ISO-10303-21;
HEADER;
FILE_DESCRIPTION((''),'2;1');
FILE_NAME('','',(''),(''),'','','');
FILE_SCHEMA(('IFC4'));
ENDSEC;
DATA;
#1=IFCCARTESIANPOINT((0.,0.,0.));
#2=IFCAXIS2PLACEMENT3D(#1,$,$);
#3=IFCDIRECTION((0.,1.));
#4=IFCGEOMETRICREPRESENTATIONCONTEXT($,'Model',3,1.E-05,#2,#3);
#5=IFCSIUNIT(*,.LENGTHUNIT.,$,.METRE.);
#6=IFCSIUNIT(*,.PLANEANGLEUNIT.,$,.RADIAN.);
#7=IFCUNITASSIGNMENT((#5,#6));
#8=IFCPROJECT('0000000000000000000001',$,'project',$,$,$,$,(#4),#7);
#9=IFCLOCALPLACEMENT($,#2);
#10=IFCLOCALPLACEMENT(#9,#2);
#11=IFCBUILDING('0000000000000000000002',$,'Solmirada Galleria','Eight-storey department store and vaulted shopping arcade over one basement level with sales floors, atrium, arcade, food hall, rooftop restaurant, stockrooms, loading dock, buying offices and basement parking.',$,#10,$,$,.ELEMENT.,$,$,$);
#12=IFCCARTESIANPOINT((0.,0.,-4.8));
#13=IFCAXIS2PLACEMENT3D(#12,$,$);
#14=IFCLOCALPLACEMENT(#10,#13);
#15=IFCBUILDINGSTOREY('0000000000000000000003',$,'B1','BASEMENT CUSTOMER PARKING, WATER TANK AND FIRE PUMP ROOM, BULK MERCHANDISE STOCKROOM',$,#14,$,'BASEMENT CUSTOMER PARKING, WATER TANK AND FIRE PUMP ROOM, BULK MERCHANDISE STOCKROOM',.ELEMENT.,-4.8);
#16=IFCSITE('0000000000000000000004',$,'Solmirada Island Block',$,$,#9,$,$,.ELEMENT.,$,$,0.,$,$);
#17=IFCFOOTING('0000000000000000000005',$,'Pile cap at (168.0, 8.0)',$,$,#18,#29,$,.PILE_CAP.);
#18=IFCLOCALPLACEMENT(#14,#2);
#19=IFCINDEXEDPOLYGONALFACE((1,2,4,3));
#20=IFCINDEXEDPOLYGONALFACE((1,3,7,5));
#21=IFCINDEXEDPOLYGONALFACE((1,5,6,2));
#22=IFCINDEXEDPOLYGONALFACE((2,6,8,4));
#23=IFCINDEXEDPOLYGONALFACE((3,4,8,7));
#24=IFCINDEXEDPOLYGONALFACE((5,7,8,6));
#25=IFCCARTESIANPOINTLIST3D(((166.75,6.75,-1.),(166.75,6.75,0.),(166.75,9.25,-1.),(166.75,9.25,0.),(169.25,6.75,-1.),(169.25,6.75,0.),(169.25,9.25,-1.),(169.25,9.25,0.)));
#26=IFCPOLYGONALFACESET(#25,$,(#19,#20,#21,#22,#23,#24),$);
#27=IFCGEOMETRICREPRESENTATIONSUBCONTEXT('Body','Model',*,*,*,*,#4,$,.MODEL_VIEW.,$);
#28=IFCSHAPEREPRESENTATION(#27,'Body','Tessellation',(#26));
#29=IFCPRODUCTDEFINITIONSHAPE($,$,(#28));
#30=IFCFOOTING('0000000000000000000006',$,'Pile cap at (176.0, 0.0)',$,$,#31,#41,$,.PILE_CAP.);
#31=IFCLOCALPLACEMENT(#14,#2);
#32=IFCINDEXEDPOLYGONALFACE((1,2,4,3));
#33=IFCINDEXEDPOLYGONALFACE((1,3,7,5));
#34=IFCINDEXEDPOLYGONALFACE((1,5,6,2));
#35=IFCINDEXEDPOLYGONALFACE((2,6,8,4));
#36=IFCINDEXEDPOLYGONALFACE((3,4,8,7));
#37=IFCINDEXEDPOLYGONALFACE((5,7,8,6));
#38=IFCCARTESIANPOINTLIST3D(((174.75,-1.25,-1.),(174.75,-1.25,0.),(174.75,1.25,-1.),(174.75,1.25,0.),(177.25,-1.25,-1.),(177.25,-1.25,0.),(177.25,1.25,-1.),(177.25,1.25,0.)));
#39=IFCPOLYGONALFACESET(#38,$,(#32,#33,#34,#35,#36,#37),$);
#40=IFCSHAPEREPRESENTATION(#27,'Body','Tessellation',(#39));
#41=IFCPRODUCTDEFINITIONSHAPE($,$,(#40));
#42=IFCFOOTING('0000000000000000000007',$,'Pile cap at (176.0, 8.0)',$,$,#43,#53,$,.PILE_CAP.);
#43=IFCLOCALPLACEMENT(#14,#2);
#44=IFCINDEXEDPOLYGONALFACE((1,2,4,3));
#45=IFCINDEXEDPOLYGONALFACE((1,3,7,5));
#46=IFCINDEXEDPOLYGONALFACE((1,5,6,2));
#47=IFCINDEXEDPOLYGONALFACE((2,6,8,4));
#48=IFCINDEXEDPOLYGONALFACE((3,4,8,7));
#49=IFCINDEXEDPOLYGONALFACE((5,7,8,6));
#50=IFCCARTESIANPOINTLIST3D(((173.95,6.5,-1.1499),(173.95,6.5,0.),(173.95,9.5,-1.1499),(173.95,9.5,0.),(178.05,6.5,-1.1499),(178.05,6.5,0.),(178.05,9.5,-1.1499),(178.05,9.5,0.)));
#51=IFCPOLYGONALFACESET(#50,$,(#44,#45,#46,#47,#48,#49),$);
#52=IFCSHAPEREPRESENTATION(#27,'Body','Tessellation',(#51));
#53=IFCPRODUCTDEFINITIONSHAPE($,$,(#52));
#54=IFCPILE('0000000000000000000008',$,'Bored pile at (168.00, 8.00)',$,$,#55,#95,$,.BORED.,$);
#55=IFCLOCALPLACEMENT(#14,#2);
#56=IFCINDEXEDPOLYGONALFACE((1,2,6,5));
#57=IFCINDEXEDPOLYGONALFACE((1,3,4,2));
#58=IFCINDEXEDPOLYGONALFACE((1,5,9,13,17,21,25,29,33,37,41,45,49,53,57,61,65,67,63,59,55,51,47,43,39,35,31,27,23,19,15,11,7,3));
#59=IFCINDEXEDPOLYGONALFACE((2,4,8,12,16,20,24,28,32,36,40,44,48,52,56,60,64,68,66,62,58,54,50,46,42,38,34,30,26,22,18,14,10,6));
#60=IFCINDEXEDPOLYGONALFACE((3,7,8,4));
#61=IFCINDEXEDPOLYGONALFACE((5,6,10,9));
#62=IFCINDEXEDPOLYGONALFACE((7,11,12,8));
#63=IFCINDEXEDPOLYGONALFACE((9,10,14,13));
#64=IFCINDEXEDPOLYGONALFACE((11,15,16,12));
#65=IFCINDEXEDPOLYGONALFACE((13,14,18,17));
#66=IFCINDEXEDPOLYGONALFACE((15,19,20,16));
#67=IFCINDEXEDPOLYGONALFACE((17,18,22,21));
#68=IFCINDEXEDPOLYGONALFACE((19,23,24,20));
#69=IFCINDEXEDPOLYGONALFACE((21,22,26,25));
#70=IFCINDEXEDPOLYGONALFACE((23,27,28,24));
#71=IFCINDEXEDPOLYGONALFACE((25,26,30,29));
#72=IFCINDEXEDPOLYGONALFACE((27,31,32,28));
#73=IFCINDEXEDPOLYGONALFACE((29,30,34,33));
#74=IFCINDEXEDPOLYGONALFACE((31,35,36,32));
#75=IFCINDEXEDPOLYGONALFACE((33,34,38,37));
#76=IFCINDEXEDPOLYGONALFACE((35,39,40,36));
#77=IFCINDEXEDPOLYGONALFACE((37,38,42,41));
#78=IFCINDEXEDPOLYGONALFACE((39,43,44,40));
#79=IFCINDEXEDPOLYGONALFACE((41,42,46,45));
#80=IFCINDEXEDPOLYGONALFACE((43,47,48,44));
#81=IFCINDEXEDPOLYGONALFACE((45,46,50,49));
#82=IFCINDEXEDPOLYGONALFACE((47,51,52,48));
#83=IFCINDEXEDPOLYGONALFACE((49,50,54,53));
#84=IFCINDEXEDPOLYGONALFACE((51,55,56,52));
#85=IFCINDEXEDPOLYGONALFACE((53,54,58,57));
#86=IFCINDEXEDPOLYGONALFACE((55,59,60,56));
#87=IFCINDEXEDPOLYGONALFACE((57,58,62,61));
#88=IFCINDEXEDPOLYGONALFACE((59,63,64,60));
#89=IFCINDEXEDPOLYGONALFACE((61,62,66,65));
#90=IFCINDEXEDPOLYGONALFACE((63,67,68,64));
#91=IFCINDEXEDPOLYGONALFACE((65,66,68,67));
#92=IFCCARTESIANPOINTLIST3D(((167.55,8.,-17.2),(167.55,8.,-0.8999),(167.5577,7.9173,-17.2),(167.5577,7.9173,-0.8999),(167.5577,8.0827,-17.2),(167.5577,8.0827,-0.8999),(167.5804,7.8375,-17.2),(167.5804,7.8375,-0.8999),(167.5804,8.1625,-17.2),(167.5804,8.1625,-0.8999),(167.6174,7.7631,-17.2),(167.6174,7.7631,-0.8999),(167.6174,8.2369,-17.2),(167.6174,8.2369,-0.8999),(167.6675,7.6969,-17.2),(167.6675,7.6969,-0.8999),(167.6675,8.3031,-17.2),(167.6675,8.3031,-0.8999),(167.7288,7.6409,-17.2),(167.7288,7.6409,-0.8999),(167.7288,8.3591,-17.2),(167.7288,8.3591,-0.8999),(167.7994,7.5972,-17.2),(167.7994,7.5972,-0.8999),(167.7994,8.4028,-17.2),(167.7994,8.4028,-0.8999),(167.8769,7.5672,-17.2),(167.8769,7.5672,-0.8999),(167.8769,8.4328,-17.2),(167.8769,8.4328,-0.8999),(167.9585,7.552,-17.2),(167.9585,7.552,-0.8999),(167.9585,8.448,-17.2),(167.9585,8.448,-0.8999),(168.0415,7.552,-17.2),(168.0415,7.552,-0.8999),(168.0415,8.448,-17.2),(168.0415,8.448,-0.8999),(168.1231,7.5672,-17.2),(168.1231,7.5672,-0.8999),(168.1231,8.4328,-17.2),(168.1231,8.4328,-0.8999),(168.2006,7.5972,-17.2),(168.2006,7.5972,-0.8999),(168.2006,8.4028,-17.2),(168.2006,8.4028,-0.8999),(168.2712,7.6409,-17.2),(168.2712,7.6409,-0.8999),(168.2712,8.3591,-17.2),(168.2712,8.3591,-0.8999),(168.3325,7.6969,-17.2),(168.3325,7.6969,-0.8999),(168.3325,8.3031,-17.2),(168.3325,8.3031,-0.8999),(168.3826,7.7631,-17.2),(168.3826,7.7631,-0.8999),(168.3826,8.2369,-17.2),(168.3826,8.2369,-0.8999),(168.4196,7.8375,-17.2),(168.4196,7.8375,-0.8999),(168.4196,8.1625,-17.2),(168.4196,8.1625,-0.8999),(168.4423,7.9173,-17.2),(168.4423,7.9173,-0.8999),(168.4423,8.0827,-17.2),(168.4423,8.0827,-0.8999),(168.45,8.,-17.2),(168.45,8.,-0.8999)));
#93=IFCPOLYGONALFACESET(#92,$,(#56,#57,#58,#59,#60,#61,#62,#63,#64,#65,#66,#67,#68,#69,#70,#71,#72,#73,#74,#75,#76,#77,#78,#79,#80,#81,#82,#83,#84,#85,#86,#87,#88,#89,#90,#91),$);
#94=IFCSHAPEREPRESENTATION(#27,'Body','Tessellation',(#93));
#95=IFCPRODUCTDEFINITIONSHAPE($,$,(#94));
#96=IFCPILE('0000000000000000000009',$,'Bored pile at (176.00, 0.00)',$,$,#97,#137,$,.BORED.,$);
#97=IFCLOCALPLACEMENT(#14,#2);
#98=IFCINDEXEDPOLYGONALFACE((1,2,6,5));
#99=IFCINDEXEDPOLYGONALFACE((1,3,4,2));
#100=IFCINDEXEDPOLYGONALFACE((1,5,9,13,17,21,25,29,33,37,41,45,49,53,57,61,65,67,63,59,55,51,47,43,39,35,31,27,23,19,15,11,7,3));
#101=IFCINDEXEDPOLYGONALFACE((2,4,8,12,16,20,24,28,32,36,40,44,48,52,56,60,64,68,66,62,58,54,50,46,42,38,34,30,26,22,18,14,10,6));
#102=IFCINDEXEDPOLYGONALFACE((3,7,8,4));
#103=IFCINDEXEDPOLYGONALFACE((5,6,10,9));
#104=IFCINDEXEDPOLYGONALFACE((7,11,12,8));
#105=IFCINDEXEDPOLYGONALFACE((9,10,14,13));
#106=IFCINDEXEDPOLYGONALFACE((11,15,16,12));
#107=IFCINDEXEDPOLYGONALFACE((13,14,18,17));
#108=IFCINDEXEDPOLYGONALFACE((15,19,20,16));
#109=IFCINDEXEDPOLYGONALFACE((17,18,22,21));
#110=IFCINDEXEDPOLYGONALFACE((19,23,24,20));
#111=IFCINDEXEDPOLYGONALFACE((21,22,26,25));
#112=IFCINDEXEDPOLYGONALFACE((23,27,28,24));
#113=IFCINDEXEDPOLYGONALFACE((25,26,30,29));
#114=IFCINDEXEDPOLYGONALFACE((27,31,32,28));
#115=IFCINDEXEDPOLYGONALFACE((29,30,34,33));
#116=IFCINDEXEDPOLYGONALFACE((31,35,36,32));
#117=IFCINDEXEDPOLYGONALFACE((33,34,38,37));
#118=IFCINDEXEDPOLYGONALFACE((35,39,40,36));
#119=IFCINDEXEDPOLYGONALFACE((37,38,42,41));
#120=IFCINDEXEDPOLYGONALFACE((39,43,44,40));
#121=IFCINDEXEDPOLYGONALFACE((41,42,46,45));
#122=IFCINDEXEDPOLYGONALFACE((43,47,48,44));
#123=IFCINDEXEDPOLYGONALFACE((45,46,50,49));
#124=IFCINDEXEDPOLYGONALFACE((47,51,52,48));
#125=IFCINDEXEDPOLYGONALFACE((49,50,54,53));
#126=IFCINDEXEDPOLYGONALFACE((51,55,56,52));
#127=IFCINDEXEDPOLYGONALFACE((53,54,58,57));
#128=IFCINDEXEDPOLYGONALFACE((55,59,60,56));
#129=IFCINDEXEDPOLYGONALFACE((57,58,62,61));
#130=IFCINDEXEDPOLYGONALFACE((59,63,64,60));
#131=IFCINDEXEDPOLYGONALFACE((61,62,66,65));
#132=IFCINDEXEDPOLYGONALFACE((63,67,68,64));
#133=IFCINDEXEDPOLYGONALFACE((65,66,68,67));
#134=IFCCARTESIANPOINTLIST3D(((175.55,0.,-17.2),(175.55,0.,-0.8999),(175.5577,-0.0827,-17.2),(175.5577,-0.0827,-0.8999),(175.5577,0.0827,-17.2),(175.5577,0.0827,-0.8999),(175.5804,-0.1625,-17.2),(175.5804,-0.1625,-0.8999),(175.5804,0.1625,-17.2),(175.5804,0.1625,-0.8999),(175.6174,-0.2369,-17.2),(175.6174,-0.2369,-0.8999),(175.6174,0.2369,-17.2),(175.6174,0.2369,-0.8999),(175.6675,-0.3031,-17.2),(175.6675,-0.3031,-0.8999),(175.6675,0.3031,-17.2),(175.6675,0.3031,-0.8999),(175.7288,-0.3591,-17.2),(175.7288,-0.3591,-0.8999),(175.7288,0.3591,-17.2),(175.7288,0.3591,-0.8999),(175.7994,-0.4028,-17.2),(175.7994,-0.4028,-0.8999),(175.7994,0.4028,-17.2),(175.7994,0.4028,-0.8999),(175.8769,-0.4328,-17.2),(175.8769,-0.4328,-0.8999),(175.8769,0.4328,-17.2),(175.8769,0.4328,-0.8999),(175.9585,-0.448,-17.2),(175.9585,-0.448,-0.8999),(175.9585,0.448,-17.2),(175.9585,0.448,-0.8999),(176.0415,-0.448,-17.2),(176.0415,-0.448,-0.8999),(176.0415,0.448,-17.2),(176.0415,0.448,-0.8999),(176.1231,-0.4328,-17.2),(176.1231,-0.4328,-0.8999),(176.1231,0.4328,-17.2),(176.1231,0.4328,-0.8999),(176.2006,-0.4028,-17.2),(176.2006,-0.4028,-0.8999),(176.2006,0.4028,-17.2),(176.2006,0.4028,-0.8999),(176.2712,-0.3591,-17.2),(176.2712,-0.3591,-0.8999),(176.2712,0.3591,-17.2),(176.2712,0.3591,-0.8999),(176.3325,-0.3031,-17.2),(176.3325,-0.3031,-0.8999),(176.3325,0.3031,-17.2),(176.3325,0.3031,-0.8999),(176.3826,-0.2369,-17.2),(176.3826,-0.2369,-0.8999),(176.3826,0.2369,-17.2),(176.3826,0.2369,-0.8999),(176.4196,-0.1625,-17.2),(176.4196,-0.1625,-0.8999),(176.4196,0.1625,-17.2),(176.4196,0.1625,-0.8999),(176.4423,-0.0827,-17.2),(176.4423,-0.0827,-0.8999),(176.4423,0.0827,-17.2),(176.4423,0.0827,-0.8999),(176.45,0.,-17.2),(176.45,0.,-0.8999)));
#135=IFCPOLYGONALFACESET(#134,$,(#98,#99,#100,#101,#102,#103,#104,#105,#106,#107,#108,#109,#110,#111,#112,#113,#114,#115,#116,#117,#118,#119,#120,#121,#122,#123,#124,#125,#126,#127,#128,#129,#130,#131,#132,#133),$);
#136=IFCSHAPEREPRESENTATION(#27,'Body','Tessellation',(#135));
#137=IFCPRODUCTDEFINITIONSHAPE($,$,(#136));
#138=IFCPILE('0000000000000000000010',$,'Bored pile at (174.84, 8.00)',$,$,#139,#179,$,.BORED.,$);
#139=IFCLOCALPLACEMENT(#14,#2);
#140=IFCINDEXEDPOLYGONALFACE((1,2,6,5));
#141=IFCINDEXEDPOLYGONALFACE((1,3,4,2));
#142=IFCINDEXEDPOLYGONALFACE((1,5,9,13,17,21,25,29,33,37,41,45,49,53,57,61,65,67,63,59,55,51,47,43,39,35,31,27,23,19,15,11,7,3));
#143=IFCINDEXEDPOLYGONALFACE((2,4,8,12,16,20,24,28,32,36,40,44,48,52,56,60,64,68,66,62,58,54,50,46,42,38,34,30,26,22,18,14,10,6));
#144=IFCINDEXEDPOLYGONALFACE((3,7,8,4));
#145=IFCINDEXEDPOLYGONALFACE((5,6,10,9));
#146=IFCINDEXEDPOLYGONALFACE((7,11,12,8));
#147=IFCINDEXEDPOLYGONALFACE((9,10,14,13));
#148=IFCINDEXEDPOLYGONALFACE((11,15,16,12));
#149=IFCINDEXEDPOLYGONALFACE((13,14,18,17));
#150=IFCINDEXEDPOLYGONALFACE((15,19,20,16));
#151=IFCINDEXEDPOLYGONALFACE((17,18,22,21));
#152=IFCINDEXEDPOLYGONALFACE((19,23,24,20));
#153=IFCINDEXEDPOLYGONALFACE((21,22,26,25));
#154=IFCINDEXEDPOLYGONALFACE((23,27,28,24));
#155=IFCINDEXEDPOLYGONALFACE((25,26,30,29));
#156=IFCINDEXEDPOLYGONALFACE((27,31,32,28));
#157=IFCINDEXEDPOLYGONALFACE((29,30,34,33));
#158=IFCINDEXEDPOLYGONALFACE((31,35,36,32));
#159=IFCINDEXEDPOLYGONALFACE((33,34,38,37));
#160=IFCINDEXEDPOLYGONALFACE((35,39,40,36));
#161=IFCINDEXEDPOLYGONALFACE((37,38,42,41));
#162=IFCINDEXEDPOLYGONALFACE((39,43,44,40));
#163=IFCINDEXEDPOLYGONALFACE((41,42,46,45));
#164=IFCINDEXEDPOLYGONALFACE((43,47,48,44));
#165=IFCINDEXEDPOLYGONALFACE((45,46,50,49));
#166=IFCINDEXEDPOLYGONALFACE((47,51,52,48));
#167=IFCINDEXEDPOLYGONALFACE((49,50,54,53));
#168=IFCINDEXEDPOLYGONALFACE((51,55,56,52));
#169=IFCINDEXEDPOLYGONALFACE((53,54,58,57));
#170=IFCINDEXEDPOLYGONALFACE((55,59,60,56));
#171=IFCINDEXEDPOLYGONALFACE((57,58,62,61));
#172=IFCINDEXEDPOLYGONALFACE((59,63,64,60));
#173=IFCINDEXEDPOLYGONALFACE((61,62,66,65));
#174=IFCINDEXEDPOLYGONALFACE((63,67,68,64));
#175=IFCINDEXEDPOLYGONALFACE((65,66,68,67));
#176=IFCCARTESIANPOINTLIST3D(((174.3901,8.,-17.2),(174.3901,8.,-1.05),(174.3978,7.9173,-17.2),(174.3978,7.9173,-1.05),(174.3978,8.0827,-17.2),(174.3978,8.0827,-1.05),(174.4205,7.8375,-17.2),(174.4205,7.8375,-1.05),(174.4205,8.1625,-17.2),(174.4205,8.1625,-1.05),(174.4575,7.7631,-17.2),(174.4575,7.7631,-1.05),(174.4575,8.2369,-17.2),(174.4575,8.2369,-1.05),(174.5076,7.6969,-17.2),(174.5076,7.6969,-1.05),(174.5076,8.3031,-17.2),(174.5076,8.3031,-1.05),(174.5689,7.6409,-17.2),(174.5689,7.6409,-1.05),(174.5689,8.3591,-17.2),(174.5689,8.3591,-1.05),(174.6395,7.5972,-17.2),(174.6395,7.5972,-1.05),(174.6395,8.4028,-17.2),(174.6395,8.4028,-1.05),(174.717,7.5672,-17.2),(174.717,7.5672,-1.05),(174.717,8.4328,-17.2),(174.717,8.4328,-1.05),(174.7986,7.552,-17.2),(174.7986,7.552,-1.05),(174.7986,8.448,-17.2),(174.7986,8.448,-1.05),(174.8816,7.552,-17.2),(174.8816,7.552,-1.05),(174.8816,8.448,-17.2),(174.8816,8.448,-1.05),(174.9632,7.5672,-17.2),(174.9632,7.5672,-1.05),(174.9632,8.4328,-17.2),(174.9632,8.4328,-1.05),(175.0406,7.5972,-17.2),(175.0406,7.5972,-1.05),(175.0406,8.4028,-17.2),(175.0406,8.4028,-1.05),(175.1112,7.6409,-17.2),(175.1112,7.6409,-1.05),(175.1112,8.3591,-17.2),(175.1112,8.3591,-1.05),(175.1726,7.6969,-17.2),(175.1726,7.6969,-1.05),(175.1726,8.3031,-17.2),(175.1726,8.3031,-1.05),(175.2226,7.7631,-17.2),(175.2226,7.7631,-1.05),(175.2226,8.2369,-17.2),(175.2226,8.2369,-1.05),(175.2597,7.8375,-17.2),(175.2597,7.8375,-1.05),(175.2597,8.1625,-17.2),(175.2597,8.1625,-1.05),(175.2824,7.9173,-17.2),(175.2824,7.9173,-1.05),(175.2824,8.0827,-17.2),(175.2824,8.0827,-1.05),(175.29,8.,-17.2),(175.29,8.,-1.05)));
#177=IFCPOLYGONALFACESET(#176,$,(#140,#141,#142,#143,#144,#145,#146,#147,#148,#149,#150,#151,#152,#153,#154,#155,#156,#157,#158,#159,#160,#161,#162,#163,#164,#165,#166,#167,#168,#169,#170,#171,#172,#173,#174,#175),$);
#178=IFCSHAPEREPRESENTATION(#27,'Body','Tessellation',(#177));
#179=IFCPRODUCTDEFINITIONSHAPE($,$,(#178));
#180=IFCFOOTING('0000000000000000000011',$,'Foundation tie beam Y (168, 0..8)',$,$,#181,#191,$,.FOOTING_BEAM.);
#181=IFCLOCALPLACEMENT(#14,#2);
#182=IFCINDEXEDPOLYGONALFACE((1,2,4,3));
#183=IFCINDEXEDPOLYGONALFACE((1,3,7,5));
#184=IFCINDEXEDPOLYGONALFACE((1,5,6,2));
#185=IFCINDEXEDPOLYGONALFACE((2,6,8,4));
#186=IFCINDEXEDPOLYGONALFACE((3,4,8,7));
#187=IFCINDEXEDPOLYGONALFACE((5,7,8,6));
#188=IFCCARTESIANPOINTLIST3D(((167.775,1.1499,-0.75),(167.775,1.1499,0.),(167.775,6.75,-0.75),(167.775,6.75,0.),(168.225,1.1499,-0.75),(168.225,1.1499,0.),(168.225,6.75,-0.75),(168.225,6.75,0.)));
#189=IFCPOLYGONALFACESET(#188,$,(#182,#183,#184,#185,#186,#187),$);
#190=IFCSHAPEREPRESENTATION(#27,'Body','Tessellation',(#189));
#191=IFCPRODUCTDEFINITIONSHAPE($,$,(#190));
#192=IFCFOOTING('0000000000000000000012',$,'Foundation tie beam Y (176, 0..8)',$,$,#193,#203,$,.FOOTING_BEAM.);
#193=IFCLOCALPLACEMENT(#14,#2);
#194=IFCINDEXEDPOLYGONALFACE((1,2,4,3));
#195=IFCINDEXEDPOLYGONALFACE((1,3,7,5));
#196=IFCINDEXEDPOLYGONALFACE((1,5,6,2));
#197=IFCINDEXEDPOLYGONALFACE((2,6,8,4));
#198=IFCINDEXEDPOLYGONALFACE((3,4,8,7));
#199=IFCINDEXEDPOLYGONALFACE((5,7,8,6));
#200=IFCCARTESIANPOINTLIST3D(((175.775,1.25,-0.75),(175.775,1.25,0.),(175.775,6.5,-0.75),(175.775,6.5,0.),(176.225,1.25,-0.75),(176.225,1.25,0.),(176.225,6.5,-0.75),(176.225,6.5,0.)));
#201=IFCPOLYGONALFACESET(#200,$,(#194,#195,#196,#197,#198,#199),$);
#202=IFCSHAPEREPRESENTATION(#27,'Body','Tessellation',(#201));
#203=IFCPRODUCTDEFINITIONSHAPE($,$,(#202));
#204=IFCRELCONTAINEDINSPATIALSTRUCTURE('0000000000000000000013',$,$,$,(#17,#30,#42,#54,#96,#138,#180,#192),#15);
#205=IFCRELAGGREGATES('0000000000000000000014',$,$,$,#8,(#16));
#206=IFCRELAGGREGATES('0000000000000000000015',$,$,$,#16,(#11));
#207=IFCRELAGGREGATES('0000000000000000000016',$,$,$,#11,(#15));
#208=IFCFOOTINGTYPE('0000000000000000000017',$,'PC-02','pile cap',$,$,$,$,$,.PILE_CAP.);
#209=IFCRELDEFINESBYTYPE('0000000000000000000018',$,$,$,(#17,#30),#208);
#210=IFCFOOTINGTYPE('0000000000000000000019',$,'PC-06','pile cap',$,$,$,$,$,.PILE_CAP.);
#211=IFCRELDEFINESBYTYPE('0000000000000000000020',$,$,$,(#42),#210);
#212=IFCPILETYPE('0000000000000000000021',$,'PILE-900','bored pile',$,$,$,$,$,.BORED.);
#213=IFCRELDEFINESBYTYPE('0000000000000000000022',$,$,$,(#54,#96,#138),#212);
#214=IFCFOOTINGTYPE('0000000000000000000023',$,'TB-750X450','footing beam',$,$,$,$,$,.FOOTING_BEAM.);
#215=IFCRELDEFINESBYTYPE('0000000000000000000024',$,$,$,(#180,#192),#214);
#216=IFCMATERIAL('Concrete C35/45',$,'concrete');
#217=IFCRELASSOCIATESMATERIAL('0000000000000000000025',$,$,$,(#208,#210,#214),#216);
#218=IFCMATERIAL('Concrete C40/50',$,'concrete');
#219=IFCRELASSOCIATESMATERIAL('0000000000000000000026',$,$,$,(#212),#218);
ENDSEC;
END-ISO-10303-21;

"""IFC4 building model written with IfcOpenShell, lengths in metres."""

from ifc_helpers import new_model, si_unit, direction, frame, origin, origin_2d, place, context, subcontext, project, spatial, rectangle, circle, extrude, material, material_profile, profile_set, type_object, element, save


model = new_model("IFC4")

# Units and contexts
model_context = context("Model", 3, precision=1e-05, world=origin(), true_north=direction((0.0, 1.0)))
body_context = subcontext(model_context, "Body", "Model", "MODEL_VIEW")
ifc_project = project(units=[si_unit("LENGTHUNIT", "METRE"), si_unit("PLANEANGLEUNIT", "RADIAN")], contexts=[model_context])

# Site, building, storey
site_placement = place(None, origin())
site = spatial("IfcSite", under=ifc_project, at=site_placement, Name="Solmirada Island Block", CompositionType="ELEMENT", RefElevation=0.0)
building_placement = place(site_placement, origin())
building = spatial("IfcBuilding", under=site, at=building_placement, Name="Solmirada Galleria", Description="Eight-storey department store and vaulted shopping arcade over one basement level with sales floors, atrium, arcade, food hall, rooftop restaurant, stockrooms, loading dock, buying offices and basement parking.", CompositionType="ELEMENT")
storey_placement = place(building_placement, frame((0.0, 0.0, -4.8)))
storey = spatial("IfcBuildingStorey", under=building, at=storey_placement, Name="B1", Description="BASEMENT CUSTOMER PARKING, WATER TANK AND FIRE PUMP ROOM, BULK MERCHANDISE STOCKROOM", LongName="BASEMENT CUSTOMER PARKING, WATER TANK AND FIRE PUMP ROOM, BULK MERCHANDISE STOCKROOM", CompositionType="ELEMENT", Elevation=-4.8)

# Footings
ifc_material_1 = material(Name="Concrete C35/45", Category="concrete")
footing_type_1 = type_object("IfcFootingType", Name="PC-02", Description="pile cap", PredefinedType="PILE_CAP", material=ifc_material_1)
for number, where, z_axis, x_axis, name in (
    (1, (168.0, 8.0, -1.0), (0.0, 0.0, 1.0), (1.0, 0.0, 0.0), "Pile cap at (168.0, 8.0)"),
    (2, (176.0, 0.0, -1.0), (0.0, 0.0, 1.0), (1.0, 0.0, 0.0), "Pile cap at (176.0, 0.0)"),
):
    element("IfcFooting", number, at=place(storey_placement, frame(where, z_axis=z_axis, x_axis=x_axis)), inside=storey, type_object=footing_type_1, Name=name, PredefinedType="PILE_CAP", context=body_context, shape_type="SweptSolid", body=[
        extrude(rectangle(XDim=2.5, YDim=2.5, at=origin_2d()), origin(), (0.0, 0.0, 1.0), 1.0),
    ])
footing_type_2 = type_object("IfcFootingType", Name="PC-06", Description="pile cap", PredefinedType="PILE_CAP", material=ifc_material_1)
footing_1_placement = place(storey_placement, frame((176.0, 8.0, -1.1499), z_axis=(0.0, 0.0, 1.0), x_axis=(1.0, 0.0, 0.0)))
element("IfcFooting", 3, at=footing_1_placement, inside=storey, type_object=footing_type_2, Name="Pile cap at (176.0, 8.0)", PredefinedType="PILE_CAP", context=body_context, shape_type="SweptSolid", body=[
    extrude(rectangle(XDim=4.1001, YDim=3.0, at=origin_2d()), origin(), (0.0, 0.0, 1.0), 1.1499),
])

# Piles
ifc_material_2 = material(Name="Concrete C40/50", Category="concrete")
ifc_material_profile_1 = material_profile(ifc_material_2, circle(Radius=0.45, at=origin_2d()), Name="PILE900")
ifc_profile_set_1 = profile_set([ifc_material_profile_1], Name="Concrete C40/50")
pile_type = type_object("IfcPileType", Name="PILE-900", Description="bored pile", PredefinedType="BORED", material=ifc_profile_set_1)
for number, where, z_axis, x_axis, name in (
    (4, (168.0, 8.0, -0.8999), (0.0, 0.0, -1.0), (1.0, 0.0, 0.0), "Bored pile at (168.00, 8.00)"),
    (5, (176.0, 0.0, -0.8999), (0.0, 0.0, -1.0), (1.0, 0.0, 0.0), "Bored pile at (176.00, 0.00)"),
):
    element("IfcPile", number, at=place(storey_placement, frame(where, z_axis=z_axis, x_axis=x_axis)), inside=storey, type_object=pile_type, Name=name, PredefinedType="BORED", context=body_context, shape_type="SweptSolid", body=[
        extrude(circle(Radius=0.45, at=origin_2d()), origin(), (0.0, 0.0, 1.0), 16.3),
    ])
pile_placement = place(storey_placement, frame((174.8401, 8.0, -1.05), z_axis=(0.0, 0.0, -1.0), x_axis=(1.0, 0.0, 0.0)))
element("IfcPile", 6, at=pile_placement, inside=storey, type_object=pile_type, Name="Bored pile at (174.84, 8.00)", PredefinedType="BORED", context=body_context, shape_type="SweptSolid", body=[
    extrude(circle(Radius=0.45, at=origin_2d()), origin(), (0.0, 0.0, 1.0), 16.1499),
])

# Footings
ifc_material_profile_2 = material_profile(ifc_material_1, rectangle(XDim=0.45, YDim=0.75, at=origin_2d()), Name="RC750X450")
ifc_profile_set_2 = profile_set([ifc_material_profile_2], Name="Concrete C35/45")
footing_type_3 = type_object("IfcFootingType", Name="TB-750X450", Description="footing beam", PredefinedType="FOOTING_BEAM", material=ifc_profile_set_2)
footing_2_placement = place(storey_placement, frame((168.0, 1.1499, -0.375), z_axis=(0.0, 1.0, 0.0), x_axis=(-1.0, 0.0, 0.0)))
element("IfcFooting", 7, at=footing_2_placement, inside=storey, type_object=footing_type_3, Name="Foundation tie beam Y (168, 0..8)", PredefinedType="FOOTING_BEAM", context=body_context, shape_type="SweptSolid", body=[
    extrude(rectangle(XDim=0.45, YDim=0.75, at=origin_2d()), origin(), (0.0, 0.0, 1.0), 5.6001),
])
footing_3_placement = place(storey_placement, frame((176.0, 1.25, -0.375), z_axis=(0.0, 1.0, 0.0), x_axis=(-1.0, 0.0, 0.0)))
element("IfcFooting", 8, at=footing_3_placement, inside=storey, type_object=footing_type_3, Name="Foundation tie beam Y (176, 0..8)", PredefinedType="FOOTING_BEAM", context=body_context, shape_type="SweptSolid", body=[
    extrude(rectangle(XDim=0.45, YDim=0.75, at=origin_2d()), origin(), (0.0, 0.0, 1.0), 5.25),
])

save(model, "model.ifc")
